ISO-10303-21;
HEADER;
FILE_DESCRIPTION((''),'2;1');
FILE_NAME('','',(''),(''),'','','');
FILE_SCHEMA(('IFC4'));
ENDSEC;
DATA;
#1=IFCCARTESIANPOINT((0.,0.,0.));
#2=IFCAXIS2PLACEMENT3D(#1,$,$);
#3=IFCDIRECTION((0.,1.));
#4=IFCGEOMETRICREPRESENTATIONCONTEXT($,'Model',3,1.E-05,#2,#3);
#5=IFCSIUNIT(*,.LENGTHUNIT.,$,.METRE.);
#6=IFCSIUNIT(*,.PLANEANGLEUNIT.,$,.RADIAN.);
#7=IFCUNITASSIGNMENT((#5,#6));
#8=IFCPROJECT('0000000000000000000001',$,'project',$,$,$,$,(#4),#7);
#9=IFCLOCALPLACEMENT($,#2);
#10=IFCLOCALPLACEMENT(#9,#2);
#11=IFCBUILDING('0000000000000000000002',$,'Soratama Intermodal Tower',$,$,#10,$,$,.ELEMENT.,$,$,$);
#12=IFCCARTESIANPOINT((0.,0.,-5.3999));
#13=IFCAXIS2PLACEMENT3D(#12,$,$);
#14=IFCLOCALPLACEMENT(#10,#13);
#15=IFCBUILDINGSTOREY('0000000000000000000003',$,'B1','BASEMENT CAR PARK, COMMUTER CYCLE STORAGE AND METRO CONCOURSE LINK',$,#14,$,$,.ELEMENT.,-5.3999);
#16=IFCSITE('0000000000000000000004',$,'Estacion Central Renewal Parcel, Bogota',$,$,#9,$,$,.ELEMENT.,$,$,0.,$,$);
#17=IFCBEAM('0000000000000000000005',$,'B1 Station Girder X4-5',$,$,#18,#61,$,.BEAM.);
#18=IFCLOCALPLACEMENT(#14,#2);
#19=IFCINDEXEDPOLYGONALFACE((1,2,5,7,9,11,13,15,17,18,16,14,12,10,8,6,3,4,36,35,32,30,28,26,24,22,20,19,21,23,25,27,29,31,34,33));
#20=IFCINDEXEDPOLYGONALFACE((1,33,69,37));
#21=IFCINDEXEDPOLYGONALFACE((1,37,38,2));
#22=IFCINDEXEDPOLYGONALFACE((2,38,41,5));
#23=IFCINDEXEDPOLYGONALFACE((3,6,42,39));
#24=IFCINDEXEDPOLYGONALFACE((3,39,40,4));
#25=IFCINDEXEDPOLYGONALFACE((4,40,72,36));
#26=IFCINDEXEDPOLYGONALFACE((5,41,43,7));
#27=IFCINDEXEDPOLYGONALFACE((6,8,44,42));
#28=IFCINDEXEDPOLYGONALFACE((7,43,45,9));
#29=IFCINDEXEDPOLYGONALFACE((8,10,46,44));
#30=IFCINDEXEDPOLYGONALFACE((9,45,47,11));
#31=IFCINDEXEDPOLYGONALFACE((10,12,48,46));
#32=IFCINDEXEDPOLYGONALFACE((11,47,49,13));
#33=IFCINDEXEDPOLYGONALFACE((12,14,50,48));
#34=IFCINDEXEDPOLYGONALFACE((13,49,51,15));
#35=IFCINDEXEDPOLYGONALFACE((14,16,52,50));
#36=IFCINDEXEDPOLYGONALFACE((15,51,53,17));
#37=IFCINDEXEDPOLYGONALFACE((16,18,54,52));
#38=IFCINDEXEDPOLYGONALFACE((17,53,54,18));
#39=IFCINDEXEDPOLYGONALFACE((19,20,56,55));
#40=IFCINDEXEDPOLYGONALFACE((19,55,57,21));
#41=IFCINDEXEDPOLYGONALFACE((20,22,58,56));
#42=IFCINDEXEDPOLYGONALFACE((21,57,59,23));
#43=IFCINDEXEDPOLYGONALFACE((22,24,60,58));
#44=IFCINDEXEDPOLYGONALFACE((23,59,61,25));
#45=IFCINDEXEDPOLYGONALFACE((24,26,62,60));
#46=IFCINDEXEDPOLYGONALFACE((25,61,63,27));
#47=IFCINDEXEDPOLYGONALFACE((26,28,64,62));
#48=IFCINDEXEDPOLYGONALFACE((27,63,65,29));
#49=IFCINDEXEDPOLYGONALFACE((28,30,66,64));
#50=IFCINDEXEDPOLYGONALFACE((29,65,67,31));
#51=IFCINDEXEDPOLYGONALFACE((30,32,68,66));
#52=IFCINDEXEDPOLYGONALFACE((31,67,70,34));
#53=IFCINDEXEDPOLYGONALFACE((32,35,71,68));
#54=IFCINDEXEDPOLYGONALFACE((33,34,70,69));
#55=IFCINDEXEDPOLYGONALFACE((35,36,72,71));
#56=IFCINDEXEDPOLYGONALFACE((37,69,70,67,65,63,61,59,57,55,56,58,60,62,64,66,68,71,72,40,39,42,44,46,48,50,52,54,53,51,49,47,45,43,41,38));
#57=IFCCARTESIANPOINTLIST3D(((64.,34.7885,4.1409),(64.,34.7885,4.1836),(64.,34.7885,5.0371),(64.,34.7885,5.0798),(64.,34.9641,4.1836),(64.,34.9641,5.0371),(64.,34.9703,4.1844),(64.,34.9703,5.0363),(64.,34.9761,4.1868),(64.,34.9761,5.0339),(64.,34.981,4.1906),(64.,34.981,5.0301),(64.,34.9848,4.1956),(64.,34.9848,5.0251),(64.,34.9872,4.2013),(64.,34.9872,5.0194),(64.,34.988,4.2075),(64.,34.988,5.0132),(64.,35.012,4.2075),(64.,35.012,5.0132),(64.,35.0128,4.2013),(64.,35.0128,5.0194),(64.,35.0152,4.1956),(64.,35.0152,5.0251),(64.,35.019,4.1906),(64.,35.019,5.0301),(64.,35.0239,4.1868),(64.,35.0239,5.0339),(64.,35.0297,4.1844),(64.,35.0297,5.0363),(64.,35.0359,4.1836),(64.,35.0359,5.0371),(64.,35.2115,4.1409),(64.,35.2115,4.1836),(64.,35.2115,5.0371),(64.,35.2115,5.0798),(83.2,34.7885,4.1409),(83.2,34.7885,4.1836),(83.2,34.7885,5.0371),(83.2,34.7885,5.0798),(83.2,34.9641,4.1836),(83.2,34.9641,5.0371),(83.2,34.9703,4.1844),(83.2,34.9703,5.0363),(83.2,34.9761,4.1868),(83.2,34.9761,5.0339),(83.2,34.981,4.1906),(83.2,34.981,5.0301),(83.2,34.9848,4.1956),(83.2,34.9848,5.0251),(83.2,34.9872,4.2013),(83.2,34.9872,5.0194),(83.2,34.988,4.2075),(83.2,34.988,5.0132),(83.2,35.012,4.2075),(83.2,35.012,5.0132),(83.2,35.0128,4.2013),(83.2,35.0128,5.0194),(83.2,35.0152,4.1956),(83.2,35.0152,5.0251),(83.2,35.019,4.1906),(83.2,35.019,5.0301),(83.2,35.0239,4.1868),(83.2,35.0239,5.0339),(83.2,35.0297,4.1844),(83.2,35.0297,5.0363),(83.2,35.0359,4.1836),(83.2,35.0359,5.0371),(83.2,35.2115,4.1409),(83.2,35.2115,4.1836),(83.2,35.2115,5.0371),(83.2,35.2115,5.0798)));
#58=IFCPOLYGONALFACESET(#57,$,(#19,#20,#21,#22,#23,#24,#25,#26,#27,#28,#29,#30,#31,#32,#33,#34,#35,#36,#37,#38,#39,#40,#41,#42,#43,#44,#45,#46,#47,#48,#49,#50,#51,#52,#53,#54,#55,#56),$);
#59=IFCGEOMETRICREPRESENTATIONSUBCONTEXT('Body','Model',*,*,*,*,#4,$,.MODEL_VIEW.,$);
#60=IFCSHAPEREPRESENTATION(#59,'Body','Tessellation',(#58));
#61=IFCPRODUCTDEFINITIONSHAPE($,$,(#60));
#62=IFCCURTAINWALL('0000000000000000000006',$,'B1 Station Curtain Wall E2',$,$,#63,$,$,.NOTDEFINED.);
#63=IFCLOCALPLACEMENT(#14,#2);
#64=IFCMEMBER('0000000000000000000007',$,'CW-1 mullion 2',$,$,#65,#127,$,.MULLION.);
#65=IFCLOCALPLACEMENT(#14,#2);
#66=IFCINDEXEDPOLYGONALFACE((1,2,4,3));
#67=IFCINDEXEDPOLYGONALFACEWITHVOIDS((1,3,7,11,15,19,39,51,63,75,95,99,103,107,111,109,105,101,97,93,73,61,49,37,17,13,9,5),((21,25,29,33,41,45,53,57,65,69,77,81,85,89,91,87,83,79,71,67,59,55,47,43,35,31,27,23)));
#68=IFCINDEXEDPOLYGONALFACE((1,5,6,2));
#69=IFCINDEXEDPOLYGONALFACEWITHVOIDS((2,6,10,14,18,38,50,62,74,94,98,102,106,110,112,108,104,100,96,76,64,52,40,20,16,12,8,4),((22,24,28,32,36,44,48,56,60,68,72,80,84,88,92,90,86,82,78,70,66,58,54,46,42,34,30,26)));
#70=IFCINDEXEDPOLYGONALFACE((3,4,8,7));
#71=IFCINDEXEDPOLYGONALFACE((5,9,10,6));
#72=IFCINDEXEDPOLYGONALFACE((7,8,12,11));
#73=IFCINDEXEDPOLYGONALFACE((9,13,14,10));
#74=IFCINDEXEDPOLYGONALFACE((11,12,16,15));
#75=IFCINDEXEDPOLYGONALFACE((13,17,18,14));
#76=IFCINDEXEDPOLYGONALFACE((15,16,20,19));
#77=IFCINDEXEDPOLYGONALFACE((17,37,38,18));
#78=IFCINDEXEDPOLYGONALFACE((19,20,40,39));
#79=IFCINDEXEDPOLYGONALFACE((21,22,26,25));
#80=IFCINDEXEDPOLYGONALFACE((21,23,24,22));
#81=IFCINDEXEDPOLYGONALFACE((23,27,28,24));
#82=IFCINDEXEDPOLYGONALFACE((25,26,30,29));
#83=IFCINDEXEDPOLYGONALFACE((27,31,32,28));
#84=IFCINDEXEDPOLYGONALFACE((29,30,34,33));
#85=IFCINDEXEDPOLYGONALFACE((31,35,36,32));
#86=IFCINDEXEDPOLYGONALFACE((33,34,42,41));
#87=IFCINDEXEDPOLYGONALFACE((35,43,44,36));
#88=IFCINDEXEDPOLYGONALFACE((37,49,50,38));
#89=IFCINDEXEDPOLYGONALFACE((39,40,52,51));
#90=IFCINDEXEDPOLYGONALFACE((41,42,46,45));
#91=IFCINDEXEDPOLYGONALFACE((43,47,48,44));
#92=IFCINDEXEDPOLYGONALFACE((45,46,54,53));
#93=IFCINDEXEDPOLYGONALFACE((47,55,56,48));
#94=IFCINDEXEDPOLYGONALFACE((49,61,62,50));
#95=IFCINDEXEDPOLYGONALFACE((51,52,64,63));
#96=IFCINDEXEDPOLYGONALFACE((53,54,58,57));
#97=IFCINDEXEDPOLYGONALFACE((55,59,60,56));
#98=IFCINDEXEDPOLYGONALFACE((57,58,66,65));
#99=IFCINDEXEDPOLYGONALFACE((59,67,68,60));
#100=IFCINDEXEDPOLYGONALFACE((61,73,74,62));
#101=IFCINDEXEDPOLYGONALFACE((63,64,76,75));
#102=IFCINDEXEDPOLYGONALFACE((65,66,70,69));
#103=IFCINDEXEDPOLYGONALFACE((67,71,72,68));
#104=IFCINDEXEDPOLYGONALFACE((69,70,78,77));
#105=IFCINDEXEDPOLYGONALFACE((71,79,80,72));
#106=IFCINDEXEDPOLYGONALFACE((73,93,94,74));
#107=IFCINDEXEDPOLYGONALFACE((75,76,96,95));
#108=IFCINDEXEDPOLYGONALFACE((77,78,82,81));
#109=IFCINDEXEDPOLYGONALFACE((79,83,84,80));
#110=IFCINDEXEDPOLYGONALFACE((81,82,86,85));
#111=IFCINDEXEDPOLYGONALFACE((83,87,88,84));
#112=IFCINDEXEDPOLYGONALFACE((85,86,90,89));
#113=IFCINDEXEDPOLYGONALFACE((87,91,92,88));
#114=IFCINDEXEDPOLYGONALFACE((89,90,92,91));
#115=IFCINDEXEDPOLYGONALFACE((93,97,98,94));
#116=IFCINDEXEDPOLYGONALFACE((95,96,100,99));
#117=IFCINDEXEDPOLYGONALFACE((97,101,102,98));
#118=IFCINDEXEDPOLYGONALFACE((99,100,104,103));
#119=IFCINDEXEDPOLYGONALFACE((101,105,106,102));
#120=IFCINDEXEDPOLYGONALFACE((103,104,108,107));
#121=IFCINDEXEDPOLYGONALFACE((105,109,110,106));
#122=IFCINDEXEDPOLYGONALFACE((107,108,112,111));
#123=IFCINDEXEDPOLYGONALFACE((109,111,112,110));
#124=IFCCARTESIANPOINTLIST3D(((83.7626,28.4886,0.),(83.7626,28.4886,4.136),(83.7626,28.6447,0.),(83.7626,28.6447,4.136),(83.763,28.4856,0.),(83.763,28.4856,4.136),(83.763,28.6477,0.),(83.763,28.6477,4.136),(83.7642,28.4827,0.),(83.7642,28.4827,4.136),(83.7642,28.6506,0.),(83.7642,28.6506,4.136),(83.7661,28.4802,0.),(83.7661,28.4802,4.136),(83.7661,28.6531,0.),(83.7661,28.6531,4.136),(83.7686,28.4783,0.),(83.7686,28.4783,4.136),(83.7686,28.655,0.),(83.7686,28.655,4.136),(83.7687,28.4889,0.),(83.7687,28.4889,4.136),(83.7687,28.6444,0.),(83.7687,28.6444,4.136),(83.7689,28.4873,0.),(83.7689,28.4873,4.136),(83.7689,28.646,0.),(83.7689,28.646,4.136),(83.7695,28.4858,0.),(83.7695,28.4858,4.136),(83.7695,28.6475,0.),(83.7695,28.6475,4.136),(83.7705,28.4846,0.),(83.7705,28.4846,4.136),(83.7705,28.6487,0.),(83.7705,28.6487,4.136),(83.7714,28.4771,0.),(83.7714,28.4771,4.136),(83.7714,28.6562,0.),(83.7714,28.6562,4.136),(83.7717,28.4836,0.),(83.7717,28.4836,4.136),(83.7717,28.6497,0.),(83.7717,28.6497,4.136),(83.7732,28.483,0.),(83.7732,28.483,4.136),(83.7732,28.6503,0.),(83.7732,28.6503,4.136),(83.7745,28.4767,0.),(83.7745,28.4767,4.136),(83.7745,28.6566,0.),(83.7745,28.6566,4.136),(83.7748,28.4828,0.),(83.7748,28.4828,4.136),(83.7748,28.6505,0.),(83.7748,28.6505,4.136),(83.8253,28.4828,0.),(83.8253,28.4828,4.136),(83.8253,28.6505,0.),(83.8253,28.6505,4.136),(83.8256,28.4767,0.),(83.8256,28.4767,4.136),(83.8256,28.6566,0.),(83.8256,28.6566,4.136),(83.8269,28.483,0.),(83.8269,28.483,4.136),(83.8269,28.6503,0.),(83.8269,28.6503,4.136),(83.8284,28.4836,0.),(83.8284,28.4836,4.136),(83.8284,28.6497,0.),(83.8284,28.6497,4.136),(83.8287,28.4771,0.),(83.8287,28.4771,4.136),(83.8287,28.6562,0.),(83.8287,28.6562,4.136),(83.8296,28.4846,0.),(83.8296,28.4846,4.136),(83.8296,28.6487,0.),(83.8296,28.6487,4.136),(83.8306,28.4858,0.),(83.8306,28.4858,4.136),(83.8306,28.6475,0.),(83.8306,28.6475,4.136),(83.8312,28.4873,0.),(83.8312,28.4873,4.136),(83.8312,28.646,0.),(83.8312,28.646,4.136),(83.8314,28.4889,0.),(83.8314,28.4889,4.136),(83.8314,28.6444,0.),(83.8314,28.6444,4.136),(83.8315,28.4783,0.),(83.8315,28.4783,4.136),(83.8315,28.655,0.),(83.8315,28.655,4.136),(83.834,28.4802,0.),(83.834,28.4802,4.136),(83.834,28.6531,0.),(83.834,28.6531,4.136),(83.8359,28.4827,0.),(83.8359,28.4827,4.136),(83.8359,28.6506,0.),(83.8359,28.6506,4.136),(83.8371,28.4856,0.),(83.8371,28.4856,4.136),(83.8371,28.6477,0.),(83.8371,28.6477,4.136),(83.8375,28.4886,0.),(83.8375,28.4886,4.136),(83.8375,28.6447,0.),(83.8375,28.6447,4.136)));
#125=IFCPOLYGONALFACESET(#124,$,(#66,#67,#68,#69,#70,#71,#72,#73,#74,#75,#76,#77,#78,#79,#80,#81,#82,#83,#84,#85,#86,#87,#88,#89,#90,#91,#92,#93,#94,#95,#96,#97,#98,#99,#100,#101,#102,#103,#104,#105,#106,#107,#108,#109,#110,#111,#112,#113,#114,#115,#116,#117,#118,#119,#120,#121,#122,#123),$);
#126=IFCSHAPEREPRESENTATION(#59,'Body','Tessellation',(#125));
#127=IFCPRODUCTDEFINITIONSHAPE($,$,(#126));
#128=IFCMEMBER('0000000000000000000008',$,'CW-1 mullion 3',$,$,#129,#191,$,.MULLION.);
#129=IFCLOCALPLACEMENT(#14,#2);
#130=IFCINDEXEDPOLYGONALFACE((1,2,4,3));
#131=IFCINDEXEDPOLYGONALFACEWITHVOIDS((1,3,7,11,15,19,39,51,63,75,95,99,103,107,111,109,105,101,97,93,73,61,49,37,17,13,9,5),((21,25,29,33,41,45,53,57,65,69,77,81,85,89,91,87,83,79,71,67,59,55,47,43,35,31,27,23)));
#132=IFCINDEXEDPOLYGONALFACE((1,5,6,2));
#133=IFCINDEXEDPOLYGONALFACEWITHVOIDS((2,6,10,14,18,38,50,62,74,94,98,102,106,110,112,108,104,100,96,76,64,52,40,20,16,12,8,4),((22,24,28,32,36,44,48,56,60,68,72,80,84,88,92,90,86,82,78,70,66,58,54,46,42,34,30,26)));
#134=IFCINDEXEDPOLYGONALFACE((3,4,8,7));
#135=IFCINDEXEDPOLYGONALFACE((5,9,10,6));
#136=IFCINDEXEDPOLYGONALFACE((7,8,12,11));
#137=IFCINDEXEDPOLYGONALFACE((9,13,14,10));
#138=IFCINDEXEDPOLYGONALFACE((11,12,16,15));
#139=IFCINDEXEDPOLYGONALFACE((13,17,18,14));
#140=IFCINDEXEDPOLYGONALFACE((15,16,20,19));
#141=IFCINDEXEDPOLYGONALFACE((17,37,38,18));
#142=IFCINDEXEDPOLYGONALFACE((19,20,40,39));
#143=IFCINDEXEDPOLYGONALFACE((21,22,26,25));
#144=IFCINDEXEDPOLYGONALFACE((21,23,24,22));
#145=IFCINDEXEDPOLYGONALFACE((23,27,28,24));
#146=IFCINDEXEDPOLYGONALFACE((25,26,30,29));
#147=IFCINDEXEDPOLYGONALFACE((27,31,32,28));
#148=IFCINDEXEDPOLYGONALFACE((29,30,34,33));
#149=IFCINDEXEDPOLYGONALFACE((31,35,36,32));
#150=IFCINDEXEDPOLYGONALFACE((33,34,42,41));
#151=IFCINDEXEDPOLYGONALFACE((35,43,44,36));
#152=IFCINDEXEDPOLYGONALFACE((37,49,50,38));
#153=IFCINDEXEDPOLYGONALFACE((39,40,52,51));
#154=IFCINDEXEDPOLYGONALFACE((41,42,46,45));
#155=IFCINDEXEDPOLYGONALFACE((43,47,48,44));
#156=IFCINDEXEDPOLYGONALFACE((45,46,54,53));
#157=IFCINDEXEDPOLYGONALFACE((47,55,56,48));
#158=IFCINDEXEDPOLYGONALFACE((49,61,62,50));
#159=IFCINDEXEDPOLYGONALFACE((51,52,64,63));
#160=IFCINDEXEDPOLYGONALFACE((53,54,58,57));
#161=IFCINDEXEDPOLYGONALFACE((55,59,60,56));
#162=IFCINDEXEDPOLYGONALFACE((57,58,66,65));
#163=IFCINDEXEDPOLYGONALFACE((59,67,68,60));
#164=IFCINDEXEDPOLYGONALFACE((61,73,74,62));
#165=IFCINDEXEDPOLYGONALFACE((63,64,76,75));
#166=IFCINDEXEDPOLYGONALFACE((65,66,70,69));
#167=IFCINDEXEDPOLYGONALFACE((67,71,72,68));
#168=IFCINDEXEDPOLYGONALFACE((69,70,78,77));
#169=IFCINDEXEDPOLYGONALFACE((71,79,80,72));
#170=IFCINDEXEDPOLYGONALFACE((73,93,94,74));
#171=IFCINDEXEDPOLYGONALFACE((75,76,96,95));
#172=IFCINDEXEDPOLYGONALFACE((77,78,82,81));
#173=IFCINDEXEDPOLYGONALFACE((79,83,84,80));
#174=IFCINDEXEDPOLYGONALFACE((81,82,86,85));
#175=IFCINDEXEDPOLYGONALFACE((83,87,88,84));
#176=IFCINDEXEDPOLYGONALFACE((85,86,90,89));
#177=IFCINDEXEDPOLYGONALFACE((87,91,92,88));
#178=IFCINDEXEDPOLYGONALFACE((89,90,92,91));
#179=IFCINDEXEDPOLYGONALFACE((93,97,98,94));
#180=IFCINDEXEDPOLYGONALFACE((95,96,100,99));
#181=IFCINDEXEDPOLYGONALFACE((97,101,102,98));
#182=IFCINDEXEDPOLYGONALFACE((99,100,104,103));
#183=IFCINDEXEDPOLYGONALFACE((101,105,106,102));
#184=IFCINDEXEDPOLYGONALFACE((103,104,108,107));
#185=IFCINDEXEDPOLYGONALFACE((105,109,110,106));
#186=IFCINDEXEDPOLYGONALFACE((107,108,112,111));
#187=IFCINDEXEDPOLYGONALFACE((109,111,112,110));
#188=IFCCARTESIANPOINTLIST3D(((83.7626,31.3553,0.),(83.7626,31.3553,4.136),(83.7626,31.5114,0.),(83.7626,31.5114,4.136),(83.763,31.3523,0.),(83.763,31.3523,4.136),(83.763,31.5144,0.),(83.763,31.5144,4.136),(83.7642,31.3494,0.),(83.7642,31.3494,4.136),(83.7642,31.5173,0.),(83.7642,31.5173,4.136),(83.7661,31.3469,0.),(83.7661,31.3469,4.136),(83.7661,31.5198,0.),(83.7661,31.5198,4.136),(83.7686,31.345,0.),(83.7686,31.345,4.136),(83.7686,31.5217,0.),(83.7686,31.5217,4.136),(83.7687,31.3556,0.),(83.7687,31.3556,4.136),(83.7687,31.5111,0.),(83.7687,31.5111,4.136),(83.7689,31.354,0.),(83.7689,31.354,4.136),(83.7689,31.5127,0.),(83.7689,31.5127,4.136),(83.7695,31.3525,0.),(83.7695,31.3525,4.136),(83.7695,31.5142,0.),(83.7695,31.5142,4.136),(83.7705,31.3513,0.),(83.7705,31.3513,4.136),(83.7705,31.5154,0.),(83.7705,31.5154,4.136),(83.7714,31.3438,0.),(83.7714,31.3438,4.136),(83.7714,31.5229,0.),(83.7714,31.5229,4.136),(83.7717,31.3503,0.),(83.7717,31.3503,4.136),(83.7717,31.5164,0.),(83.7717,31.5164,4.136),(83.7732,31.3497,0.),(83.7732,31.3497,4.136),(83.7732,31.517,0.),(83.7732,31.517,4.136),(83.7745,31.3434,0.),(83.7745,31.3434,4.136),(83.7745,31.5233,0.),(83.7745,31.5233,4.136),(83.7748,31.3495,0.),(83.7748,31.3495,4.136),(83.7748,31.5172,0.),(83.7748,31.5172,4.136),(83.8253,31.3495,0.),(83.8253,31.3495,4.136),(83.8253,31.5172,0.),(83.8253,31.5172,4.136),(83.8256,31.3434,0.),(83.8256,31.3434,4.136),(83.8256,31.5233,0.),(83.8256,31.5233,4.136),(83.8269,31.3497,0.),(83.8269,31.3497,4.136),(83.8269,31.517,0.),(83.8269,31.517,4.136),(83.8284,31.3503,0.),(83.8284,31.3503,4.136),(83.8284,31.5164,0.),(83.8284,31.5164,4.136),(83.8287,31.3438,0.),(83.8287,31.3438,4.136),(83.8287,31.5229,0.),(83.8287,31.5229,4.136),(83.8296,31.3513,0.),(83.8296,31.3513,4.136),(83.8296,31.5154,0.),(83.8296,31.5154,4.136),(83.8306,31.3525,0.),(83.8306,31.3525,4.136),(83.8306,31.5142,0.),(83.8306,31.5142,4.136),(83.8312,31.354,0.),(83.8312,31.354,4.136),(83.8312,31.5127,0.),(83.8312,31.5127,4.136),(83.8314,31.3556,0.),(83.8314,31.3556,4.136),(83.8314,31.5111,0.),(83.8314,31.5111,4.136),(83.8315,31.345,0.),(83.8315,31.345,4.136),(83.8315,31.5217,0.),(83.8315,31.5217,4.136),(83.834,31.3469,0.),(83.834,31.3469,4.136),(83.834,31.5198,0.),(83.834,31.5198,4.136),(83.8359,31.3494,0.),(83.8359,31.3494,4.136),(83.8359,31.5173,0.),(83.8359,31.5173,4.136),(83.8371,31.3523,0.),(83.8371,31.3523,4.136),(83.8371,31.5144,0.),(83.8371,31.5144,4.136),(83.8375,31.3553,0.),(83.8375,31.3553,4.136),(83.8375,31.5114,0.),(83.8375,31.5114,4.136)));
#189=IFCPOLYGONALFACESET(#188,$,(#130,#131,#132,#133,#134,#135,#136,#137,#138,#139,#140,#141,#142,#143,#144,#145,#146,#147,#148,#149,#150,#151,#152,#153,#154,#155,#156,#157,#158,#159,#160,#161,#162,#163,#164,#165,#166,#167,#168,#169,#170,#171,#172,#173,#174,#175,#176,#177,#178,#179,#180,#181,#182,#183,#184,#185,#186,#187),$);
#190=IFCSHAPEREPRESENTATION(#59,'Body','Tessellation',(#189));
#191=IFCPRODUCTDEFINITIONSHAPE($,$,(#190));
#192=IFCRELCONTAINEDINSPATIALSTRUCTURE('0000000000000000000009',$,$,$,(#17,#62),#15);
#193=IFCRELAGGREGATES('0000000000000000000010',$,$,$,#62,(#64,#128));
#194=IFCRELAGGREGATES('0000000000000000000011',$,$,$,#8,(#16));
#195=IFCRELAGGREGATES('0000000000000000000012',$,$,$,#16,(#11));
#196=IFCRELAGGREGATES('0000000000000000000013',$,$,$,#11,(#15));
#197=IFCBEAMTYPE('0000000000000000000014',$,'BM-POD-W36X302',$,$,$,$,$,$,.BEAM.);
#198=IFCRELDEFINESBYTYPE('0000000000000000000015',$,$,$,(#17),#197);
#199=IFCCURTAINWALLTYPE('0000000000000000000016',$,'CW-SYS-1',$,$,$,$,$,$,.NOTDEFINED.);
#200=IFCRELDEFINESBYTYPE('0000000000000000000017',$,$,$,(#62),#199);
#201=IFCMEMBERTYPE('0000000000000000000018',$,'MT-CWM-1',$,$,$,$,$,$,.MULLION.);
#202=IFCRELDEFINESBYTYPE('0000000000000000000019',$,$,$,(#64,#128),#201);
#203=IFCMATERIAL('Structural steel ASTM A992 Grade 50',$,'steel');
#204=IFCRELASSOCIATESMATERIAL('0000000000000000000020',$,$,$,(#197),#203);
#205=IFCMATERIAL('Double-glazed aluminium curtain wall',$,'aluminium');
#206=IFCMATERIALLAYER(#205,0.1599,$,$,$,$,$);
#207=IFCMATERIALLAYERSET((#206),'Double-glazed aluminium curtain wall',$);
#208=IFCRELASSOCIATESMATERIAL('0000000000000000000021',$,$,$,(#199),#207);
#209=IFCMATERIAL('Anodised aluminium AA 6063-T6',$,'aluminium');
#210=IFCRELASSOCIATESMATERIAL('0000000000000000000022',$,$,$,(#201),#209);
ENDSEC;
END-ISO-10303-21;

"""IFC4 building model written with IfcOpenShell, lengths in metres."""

from ifc_helpers import new_model, si_unit, direction, frame, origin, origin_2d, place, context, subcontext, project, spatial, hollow_rectangle, i_section, extrude, material, layer, layer_set, material_profile, profile_set, type_object, element, aggregate, save


model = new_model("IFC4")

# Units and contexts
model_context = context("Model", 3, precision=1e-05, world=origin(), true_north=direction((0.0, 1.0)))
body_context = subcontext(model_context, "Body", "Model", "MODEL_VIEW")
ifc_project = project(units=[si_unit("LENGTHUNIT", "METRE"), si_unit("PLANEANGLEUNIT", "RADIAN")], contexts=[model_context])

# Site, building, storey
site_placement = place(None, origin())
site = spatial("IfcSite", under=ifc_project, at=site_placement, Name="Estacion Central Renewal Parcel, Bogota", CompositionType="ELEMENT", RefElevation=0.0)
building_placement = place(site_placement, origin())
building = spatial("IfcBuilding", under=site, at=building_placement, Name="Soratama Intermodal Tower", CompositionType="ELEMENT")
storey_placement = place(building_placement, frame((0.0, 0.0, -5.3999)))
storey = spatial("IfcBuildingStorey", under=building, at=storey_placement, Name="B1", Description="BASEMENT CAR PARK, COMMUTER CYCLE STORAGE AND METRO CONCOURSE LINK", CompositionType="ELEMENT", Elevation=-5.3999)

# Beam
ifc_material_1 = material(Name="Structural steel ASTM A992 Grade 50", Category="steel")
ifc_material_profile_1 = material_profile(ifc_material_1, i_section(OverallWidth=0.4231, OverallDepth=0.939, WebThickness=0.0239, FlangeThickness=0.0427, FilletRadius=0.0239, at=origin_2d()), Name="W36X302")
ifc_profile_set_1 = profile_set([ifc_material_profile_1], Name="Structural steel ASTM A992 Grade 50")
beam_type_1 = type_object("IfcBeamType", Name="BM-POD-W36X302", PredefinedType="BEAM", material=ifc_profile_set_1)
beam_1_placement = place(storey_placement, frame((64.0, 35.0, 4.6104), z_axis=(1.0, 0.0, 0.0), x_axis=(0.0, 1.0, 0.0)))
element("IfcBeam", 1, at=beam_1_placement, inside=storey, type_object=beam_type_1, Name="B1 Station Girder X4-5", PredefinedType="BEAM", context=body_context, shape_type="SweptSolid", body=[
    extrude(i_section(OverallWidth=0.4231, OverallDepth=0.939, WebThickness=0.0239, FlangeThickness=0.0427, FilletRadius=0.0239, at=origin_2d()), origin(), (0.0, 0.0, 1.0), 19.2),
])

# Curtain wall, members
ifc_material_2 = material(Name="Double-glazed aluminium curtain wall", Category="aluminium")
ifc_layer_1 = layer(ifc_material_2, 0.1599)
ifc_layer_set_1 = layer_set([ifc_layer_1], Name="Double-glazed aluminium curtain wall")
curtain_wall_type = type_object("IfcCurtainWallType", Name="CW-SYS-1", PredefinedType="NOTDEFINED", material=ifc_layer_set_1)
curtain_wall_placement = place(storey_placement, origin())
curtain_wall = element("IfcCurtainWall", 2, at=curtain_wall_placement, inside=storey, type_object=curtain_wall_type, Name="B1 Station Curtain Wall E2", PredefinedType="NOTDEFINED")
ifc_material_3 = material(Name="Anodised aluminium AA 6063-T6", Category="aluminium")
ifc_material_profile_2 = material_profile(ifc_material_3, hollow_rectangle(XDim=0.075, YDim=0.1799, WallThickness=0.0061, InnerFilletRadius=0.0061, OuterFilletRadius=0.012, at=origin_2d()), Name="CWM180X75X6")
ifc_profile_set_2 = profile_set([ifc_material_profile_2], Name="Anodised aluminium AA 6063-T6")
member_type_1 = type_object("IfcMemberType", Name="MT-CWM-1", PredefinedType="MULLION", material=ifc_profile_set_2)
member_1_placement = place(storey_placement, frame((83.8, 28.5667, 0.0), z_axis=(0.0, 0.0, 1.0), x_axis=(-1.0, 0.0, 0.0)))
member_1 = element("IfcMember", 3, at=member_1_placement, type_object=member_type_1, Name="CW-1 mullion 2", PredefinedType="MULLION", context=body_context, shape_type="SweptSolid", body=[
    extrude(hollow_rectangle(XDim=0.075, YDim=0.1799, WallThickness=0.0061, InnerFilletRadius=0.0061, OuterFilletRadius=0.012, at=origin_2d()), origin(), (0.0, 0.0, 1.0), 4.136),
])
member_2_placement = place(storey_placement, frame((83.8, 31.4333, 0.0), z_axis=(0.0, 0.0, 1.0), x_axis=(-1.0, 0.0, 0.0)))
member_2 = element("IfcMember", 4, at=member_2_placement, type_object=member_type_1, Name="CW-1 mullion 3", PredefinedType="MULLION", context=body_context, shape_type="SweptSolid", body=[
    extrude(hollow_rectangle(XDim=0.075, YDim=0.1799, WallThickness=0.0061, InnerFilletRadius=0.0061, OuterFilletRadius=0.012, at=origin_2d()), origin(), (0.0, 0.0, 1.0), 4.136),
])
aggregate(curtain_wall, [member_1, member_2])

save(model, "model.ifc")
